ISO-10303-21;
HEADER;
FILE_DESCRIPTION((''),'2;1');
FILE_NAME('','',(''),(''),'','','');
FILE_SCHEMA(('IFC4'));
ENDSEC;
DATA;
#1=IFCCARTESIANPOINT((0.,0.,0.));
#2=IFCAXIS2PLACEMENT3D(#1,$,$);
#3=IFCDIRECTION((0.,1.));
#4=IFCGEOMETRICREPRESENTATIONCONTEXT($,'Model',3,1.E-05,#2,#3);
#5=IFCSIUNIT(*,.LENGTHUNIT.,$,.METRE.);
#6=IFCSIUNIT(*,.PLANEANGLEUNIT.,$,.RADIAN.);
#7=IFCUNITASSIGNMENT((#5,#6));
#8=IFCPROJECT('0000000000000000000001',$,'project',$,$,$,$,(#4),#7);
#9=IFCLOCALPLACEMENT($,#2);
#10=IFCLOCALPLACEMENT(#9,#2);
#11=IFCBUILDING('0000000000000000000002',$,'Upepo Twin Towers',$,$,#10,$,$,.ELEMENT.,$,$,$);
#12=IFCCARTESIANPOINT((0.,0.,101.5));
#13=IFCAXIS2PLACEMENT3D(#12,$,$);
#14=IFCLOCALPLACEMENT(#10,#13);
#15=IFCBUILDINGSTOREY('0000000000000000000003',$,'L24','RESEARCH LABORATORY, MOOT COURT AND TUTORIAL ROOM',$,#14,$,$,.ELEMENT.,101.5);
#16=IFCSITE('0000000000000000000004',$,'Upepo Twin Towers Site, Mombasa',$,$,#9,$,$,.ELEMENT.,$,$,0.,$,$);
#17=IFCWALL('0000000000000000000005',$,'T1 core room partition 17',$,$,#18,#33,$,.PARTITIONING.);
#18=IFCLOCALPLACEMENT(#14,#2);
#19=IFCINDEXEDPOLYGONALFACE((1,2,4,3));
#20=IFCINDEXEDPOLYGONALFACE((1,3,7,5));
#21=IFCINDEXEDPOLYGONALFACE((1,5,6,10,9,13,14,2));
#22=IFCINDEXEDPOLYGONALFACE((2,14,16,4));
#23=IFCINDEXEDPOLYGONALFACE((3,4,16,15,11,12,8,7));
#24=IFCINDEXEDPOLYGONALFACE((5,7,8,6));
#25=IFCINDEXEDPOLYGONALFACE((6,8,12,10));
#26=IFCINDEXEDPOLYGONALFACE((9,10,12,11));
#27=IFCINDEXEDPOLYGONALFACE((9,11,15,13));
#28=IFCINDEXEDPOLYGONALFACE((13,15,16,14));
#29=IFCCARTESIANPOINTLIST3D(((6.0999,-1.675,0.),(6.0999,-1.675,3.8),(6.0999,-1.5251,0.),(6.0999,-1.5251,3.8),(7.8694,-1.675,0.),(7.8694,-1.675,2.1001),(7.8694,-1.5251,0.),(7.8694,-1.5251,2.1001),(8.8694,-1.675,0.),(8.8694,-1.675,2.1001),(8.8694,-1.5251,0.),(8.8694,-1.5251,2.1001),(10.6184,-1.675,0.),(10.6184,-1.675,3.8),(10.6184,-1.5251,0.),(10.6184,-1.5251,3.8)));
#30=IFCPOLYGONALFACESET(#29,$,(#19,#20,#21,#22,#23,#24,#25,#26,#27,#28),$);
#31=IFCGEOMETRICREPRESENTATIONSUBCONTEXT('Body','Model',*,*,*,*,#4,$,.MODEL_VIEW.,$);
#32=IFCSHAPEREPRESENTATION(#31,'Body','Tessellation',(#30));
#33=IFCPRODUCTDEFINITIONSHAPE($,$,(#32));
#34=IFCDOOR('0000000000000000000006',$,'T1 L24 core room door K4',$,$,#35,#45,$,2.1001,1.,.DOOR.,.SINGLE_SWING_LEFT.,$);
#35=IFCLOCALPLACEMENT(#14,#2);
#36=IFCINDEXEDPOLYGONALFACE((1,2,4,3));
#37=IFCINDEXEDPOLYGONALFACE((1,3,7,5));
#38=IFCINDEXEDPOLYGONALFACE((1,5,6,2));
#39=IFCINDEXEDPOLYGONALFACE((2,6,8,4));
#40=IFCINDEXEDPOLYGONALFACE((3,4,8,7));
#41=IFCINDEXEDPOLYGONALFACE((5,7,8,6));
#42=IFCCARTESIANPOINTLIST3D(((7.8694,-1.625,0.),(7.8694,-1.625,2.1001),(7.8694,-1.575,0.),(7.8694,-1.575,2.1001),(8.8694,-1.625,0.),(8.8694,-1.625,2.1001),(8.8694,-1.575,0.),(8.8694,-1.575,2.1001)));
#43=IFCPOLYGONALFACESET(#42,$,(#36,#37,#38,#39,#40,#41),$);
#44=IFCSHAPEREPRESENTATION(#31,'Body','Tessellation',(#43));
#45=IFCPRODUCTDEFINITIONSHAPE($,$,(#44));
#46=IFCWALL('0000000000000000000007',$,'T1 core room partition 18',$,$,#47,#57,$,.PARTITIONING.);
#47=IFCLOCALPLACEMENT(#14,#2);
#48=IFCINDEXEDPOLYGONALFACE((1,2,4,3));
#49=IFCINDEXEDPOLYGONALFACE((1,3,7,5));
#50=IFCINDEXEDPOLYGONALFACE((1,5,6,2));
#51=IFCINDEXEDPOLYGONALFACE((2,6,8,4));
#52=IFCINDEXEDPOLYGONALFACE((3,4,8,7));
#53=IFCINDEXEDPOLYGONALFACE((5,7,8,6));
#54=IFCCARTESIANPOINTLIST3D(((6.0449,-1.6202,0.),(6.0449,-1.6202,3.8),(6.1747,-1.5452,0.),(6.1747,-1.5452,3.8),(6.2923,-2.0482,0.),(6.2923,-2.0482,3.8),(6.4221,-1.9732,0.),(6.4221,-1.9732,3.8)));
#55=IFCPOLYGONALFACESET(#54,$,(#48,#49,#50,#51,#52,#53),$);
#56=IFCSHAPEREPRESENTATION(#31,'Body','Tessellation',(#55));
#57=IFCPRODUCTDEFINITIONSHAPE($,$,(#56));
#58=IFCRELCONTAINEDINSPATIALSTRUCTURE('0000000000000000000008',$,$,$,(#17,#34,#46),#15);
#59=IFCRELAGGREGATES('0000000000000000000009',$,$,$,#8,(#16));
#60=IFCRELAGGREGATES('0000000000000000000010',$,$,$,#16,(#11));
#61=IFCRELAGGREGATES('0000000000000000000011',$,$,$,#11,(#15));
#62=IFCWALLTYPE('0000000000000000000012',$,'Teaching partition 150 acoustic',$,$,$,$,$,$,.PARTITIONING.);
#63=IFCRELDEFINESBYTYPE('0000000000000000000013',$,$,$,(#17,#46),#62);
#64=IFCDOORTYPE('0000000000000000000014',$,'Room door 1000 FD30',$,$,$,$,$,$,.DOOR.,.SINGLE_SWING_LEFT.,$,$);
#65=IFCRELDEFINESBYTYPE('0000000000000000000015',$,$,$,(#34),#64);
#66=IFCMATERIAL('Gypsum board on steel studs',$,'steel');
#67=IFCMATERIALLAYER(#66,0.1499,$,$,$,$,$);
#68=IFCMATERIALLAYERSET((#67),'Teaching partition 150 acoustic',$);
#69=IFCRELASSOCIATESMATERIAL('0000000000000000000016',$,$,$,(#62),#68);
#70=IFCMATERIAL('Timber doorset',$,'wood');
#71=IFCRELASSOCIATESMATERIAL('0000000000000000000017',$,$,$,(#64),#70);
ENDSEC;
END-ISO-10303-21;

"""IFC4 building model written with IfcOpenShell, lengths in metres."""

from ifc_helpers import new_model, si_unit, direction, frame, frame_2d, origin, place, context, subcontext, project, spatial, rectangle, extrude, material, layer, layer_set, type_object, element, fill, save


model = new_model("IFC4")

# Units and contexts
model_context = context("Model", 3, precision=1e-05, world=origin(), true_north=direction((0.0, 1.0)))
body_context = subcontext(model_context, "Body", "Model", "MODEL_VIEW")
ifc_project = project(units=[si_unit("LENGTHUNIT", "METRE"), si_unit("PLANEANGLEUNIT", "RADIAN")], contexts=[model_context])

# Site, building, storey
site_placement = place(None, origin())
site = spatial("IfcSite", under=ifc_project, at=site_placement, Name="Upepo Twin Towers Site, Mombasa", CompositionType="ELEMENT", RefElevation=0.0)
building_placement = place(site_placement, origin())
building = spatial("IfcBuilding", under=site, at=building_placement, Name="Upepo Twin Towers", CompositionType="ELEMENT")
storey_placement = place(building_placement, frame((0.0, 0.0, 101.5)))
storey = spatial("IfcBuildingStorey", under=building, at=storey_placement, Name="L24", Description="RESEARCH LABORATORY, MOOT COURT AND TUTORIAL ROOM", CompositionType="ELEMENT", Elevation=101.5)

# Shared definitions
ifc_material_1 = material(Name="Gypsum board on steel studs", Category="steel")
ifc_layer_1 = layer(ifc_material_1, 0.1499)
ifc_layer_set_1 = layer_set([ifc_layer_1], Name="Teaching partition 150 acoustic")
wall_type_1 = type_object("IfcWallType", Name="Teaching partition 150 acoustic", PredefinedType="PARTITIONING", material=ifc_layer_set_1)

# Wall, opening, door
wall_1_placement = place(storey_placement, frame((10.6184, -1.6001, 0.0), z_axis=(0.0, 0.0, 1.0), x_axis=(-1.0, 0.0, 0.0)))
wall_1 = element("IfcWall", 1, at=wall_1_placement, inside=storey, type_object=wall_type_1, Name="T1 core room partition 17", PredefinedType="PARTITIONING", context=body_context, shape_type="SweptSolid", body=[
    extrude(rectangle(XDim=4.5186, YDim=0.1499, at=frame_2d((2.2593, 0.0))), origin(), (0.0, 0.0, 1.0), 3.8),
])
opening_1_placement = place(wall_1_placement, frame((1.749, 0.0, 0.0)))
opening_1 = element("IfcOpeningElement", 2, at=opening_1_placement, cuts=wall_1, PredefinedType="OPENING", context=body_context, shape_type="SweptSolid", body=[
    extrude(rectangle(XDim=1.0, YDim=2.1001, at=frame_2d((0.5, 1.05))), frame((0.0, 0.085, 0.0), z_axis=(0.0, -1.0, 0.0), x_axis=(1.0, 0.0, 0.0)), (0.0, 0.0, 1.0), 0.1699),
])
ifc_material_2 = material(Name="Timber doorset", Category="wood")
door_type_1 = type_object("IfcDoorType", Name="Room door 1000 FD30", OperationType="SINGLE_SWING_LEFT", PredefinedType="DOOR", material=ifc_material_2)
door_1_placement = place(opening_1_placement, origin())
door_1 = element("IfcDoor", 3, at=door_1_placement, inside=storey, type_object=door_type_1, Name="T1 L24 core room door K4", OperationType="SINGLE_SWING_LEFT", OverallHeight=2.1001, OverallWidth=1.0, PredefinedType="DOOR", context=body_context, shape_type="SweptSolid", body=[
    extrude(rectangle(XDim=1.0, YDim=2.1001, at=frame_2d((0.5, 1.05))), frame((0.0, 0.0249, 0.0), z_axis=(0.0, -1.0, 0.0), x_axis=(1.0, 0.0, 0.0)), (0.0, 0.0, 1.0), 0.05),
])
fill(opening_1, door_1)

# Wall
wall_2_placement = place(storey_placement, frame((6.1099, -1.5828, 0.0), z_axis=(0.0, 0.0, 1.0), x_axis=(0.500335, -0.865832, 0.0)))
element("IfcWall", 4, at=wall_2_placement, inside=storey, type_object=wall_type_1, Name="T1 core room partition 18", PredefinedType="PARTITIONING", context=body_context, shape_type="SweptSolid", body=[
    extrude(rectangle(XDim=0.4944, YDim=0.1499, at=frame_2d((0.2471, 0.0))), origin(), (0.0, 0.0, 1.0), 3.8),
])

save(model, "model.ifc")
